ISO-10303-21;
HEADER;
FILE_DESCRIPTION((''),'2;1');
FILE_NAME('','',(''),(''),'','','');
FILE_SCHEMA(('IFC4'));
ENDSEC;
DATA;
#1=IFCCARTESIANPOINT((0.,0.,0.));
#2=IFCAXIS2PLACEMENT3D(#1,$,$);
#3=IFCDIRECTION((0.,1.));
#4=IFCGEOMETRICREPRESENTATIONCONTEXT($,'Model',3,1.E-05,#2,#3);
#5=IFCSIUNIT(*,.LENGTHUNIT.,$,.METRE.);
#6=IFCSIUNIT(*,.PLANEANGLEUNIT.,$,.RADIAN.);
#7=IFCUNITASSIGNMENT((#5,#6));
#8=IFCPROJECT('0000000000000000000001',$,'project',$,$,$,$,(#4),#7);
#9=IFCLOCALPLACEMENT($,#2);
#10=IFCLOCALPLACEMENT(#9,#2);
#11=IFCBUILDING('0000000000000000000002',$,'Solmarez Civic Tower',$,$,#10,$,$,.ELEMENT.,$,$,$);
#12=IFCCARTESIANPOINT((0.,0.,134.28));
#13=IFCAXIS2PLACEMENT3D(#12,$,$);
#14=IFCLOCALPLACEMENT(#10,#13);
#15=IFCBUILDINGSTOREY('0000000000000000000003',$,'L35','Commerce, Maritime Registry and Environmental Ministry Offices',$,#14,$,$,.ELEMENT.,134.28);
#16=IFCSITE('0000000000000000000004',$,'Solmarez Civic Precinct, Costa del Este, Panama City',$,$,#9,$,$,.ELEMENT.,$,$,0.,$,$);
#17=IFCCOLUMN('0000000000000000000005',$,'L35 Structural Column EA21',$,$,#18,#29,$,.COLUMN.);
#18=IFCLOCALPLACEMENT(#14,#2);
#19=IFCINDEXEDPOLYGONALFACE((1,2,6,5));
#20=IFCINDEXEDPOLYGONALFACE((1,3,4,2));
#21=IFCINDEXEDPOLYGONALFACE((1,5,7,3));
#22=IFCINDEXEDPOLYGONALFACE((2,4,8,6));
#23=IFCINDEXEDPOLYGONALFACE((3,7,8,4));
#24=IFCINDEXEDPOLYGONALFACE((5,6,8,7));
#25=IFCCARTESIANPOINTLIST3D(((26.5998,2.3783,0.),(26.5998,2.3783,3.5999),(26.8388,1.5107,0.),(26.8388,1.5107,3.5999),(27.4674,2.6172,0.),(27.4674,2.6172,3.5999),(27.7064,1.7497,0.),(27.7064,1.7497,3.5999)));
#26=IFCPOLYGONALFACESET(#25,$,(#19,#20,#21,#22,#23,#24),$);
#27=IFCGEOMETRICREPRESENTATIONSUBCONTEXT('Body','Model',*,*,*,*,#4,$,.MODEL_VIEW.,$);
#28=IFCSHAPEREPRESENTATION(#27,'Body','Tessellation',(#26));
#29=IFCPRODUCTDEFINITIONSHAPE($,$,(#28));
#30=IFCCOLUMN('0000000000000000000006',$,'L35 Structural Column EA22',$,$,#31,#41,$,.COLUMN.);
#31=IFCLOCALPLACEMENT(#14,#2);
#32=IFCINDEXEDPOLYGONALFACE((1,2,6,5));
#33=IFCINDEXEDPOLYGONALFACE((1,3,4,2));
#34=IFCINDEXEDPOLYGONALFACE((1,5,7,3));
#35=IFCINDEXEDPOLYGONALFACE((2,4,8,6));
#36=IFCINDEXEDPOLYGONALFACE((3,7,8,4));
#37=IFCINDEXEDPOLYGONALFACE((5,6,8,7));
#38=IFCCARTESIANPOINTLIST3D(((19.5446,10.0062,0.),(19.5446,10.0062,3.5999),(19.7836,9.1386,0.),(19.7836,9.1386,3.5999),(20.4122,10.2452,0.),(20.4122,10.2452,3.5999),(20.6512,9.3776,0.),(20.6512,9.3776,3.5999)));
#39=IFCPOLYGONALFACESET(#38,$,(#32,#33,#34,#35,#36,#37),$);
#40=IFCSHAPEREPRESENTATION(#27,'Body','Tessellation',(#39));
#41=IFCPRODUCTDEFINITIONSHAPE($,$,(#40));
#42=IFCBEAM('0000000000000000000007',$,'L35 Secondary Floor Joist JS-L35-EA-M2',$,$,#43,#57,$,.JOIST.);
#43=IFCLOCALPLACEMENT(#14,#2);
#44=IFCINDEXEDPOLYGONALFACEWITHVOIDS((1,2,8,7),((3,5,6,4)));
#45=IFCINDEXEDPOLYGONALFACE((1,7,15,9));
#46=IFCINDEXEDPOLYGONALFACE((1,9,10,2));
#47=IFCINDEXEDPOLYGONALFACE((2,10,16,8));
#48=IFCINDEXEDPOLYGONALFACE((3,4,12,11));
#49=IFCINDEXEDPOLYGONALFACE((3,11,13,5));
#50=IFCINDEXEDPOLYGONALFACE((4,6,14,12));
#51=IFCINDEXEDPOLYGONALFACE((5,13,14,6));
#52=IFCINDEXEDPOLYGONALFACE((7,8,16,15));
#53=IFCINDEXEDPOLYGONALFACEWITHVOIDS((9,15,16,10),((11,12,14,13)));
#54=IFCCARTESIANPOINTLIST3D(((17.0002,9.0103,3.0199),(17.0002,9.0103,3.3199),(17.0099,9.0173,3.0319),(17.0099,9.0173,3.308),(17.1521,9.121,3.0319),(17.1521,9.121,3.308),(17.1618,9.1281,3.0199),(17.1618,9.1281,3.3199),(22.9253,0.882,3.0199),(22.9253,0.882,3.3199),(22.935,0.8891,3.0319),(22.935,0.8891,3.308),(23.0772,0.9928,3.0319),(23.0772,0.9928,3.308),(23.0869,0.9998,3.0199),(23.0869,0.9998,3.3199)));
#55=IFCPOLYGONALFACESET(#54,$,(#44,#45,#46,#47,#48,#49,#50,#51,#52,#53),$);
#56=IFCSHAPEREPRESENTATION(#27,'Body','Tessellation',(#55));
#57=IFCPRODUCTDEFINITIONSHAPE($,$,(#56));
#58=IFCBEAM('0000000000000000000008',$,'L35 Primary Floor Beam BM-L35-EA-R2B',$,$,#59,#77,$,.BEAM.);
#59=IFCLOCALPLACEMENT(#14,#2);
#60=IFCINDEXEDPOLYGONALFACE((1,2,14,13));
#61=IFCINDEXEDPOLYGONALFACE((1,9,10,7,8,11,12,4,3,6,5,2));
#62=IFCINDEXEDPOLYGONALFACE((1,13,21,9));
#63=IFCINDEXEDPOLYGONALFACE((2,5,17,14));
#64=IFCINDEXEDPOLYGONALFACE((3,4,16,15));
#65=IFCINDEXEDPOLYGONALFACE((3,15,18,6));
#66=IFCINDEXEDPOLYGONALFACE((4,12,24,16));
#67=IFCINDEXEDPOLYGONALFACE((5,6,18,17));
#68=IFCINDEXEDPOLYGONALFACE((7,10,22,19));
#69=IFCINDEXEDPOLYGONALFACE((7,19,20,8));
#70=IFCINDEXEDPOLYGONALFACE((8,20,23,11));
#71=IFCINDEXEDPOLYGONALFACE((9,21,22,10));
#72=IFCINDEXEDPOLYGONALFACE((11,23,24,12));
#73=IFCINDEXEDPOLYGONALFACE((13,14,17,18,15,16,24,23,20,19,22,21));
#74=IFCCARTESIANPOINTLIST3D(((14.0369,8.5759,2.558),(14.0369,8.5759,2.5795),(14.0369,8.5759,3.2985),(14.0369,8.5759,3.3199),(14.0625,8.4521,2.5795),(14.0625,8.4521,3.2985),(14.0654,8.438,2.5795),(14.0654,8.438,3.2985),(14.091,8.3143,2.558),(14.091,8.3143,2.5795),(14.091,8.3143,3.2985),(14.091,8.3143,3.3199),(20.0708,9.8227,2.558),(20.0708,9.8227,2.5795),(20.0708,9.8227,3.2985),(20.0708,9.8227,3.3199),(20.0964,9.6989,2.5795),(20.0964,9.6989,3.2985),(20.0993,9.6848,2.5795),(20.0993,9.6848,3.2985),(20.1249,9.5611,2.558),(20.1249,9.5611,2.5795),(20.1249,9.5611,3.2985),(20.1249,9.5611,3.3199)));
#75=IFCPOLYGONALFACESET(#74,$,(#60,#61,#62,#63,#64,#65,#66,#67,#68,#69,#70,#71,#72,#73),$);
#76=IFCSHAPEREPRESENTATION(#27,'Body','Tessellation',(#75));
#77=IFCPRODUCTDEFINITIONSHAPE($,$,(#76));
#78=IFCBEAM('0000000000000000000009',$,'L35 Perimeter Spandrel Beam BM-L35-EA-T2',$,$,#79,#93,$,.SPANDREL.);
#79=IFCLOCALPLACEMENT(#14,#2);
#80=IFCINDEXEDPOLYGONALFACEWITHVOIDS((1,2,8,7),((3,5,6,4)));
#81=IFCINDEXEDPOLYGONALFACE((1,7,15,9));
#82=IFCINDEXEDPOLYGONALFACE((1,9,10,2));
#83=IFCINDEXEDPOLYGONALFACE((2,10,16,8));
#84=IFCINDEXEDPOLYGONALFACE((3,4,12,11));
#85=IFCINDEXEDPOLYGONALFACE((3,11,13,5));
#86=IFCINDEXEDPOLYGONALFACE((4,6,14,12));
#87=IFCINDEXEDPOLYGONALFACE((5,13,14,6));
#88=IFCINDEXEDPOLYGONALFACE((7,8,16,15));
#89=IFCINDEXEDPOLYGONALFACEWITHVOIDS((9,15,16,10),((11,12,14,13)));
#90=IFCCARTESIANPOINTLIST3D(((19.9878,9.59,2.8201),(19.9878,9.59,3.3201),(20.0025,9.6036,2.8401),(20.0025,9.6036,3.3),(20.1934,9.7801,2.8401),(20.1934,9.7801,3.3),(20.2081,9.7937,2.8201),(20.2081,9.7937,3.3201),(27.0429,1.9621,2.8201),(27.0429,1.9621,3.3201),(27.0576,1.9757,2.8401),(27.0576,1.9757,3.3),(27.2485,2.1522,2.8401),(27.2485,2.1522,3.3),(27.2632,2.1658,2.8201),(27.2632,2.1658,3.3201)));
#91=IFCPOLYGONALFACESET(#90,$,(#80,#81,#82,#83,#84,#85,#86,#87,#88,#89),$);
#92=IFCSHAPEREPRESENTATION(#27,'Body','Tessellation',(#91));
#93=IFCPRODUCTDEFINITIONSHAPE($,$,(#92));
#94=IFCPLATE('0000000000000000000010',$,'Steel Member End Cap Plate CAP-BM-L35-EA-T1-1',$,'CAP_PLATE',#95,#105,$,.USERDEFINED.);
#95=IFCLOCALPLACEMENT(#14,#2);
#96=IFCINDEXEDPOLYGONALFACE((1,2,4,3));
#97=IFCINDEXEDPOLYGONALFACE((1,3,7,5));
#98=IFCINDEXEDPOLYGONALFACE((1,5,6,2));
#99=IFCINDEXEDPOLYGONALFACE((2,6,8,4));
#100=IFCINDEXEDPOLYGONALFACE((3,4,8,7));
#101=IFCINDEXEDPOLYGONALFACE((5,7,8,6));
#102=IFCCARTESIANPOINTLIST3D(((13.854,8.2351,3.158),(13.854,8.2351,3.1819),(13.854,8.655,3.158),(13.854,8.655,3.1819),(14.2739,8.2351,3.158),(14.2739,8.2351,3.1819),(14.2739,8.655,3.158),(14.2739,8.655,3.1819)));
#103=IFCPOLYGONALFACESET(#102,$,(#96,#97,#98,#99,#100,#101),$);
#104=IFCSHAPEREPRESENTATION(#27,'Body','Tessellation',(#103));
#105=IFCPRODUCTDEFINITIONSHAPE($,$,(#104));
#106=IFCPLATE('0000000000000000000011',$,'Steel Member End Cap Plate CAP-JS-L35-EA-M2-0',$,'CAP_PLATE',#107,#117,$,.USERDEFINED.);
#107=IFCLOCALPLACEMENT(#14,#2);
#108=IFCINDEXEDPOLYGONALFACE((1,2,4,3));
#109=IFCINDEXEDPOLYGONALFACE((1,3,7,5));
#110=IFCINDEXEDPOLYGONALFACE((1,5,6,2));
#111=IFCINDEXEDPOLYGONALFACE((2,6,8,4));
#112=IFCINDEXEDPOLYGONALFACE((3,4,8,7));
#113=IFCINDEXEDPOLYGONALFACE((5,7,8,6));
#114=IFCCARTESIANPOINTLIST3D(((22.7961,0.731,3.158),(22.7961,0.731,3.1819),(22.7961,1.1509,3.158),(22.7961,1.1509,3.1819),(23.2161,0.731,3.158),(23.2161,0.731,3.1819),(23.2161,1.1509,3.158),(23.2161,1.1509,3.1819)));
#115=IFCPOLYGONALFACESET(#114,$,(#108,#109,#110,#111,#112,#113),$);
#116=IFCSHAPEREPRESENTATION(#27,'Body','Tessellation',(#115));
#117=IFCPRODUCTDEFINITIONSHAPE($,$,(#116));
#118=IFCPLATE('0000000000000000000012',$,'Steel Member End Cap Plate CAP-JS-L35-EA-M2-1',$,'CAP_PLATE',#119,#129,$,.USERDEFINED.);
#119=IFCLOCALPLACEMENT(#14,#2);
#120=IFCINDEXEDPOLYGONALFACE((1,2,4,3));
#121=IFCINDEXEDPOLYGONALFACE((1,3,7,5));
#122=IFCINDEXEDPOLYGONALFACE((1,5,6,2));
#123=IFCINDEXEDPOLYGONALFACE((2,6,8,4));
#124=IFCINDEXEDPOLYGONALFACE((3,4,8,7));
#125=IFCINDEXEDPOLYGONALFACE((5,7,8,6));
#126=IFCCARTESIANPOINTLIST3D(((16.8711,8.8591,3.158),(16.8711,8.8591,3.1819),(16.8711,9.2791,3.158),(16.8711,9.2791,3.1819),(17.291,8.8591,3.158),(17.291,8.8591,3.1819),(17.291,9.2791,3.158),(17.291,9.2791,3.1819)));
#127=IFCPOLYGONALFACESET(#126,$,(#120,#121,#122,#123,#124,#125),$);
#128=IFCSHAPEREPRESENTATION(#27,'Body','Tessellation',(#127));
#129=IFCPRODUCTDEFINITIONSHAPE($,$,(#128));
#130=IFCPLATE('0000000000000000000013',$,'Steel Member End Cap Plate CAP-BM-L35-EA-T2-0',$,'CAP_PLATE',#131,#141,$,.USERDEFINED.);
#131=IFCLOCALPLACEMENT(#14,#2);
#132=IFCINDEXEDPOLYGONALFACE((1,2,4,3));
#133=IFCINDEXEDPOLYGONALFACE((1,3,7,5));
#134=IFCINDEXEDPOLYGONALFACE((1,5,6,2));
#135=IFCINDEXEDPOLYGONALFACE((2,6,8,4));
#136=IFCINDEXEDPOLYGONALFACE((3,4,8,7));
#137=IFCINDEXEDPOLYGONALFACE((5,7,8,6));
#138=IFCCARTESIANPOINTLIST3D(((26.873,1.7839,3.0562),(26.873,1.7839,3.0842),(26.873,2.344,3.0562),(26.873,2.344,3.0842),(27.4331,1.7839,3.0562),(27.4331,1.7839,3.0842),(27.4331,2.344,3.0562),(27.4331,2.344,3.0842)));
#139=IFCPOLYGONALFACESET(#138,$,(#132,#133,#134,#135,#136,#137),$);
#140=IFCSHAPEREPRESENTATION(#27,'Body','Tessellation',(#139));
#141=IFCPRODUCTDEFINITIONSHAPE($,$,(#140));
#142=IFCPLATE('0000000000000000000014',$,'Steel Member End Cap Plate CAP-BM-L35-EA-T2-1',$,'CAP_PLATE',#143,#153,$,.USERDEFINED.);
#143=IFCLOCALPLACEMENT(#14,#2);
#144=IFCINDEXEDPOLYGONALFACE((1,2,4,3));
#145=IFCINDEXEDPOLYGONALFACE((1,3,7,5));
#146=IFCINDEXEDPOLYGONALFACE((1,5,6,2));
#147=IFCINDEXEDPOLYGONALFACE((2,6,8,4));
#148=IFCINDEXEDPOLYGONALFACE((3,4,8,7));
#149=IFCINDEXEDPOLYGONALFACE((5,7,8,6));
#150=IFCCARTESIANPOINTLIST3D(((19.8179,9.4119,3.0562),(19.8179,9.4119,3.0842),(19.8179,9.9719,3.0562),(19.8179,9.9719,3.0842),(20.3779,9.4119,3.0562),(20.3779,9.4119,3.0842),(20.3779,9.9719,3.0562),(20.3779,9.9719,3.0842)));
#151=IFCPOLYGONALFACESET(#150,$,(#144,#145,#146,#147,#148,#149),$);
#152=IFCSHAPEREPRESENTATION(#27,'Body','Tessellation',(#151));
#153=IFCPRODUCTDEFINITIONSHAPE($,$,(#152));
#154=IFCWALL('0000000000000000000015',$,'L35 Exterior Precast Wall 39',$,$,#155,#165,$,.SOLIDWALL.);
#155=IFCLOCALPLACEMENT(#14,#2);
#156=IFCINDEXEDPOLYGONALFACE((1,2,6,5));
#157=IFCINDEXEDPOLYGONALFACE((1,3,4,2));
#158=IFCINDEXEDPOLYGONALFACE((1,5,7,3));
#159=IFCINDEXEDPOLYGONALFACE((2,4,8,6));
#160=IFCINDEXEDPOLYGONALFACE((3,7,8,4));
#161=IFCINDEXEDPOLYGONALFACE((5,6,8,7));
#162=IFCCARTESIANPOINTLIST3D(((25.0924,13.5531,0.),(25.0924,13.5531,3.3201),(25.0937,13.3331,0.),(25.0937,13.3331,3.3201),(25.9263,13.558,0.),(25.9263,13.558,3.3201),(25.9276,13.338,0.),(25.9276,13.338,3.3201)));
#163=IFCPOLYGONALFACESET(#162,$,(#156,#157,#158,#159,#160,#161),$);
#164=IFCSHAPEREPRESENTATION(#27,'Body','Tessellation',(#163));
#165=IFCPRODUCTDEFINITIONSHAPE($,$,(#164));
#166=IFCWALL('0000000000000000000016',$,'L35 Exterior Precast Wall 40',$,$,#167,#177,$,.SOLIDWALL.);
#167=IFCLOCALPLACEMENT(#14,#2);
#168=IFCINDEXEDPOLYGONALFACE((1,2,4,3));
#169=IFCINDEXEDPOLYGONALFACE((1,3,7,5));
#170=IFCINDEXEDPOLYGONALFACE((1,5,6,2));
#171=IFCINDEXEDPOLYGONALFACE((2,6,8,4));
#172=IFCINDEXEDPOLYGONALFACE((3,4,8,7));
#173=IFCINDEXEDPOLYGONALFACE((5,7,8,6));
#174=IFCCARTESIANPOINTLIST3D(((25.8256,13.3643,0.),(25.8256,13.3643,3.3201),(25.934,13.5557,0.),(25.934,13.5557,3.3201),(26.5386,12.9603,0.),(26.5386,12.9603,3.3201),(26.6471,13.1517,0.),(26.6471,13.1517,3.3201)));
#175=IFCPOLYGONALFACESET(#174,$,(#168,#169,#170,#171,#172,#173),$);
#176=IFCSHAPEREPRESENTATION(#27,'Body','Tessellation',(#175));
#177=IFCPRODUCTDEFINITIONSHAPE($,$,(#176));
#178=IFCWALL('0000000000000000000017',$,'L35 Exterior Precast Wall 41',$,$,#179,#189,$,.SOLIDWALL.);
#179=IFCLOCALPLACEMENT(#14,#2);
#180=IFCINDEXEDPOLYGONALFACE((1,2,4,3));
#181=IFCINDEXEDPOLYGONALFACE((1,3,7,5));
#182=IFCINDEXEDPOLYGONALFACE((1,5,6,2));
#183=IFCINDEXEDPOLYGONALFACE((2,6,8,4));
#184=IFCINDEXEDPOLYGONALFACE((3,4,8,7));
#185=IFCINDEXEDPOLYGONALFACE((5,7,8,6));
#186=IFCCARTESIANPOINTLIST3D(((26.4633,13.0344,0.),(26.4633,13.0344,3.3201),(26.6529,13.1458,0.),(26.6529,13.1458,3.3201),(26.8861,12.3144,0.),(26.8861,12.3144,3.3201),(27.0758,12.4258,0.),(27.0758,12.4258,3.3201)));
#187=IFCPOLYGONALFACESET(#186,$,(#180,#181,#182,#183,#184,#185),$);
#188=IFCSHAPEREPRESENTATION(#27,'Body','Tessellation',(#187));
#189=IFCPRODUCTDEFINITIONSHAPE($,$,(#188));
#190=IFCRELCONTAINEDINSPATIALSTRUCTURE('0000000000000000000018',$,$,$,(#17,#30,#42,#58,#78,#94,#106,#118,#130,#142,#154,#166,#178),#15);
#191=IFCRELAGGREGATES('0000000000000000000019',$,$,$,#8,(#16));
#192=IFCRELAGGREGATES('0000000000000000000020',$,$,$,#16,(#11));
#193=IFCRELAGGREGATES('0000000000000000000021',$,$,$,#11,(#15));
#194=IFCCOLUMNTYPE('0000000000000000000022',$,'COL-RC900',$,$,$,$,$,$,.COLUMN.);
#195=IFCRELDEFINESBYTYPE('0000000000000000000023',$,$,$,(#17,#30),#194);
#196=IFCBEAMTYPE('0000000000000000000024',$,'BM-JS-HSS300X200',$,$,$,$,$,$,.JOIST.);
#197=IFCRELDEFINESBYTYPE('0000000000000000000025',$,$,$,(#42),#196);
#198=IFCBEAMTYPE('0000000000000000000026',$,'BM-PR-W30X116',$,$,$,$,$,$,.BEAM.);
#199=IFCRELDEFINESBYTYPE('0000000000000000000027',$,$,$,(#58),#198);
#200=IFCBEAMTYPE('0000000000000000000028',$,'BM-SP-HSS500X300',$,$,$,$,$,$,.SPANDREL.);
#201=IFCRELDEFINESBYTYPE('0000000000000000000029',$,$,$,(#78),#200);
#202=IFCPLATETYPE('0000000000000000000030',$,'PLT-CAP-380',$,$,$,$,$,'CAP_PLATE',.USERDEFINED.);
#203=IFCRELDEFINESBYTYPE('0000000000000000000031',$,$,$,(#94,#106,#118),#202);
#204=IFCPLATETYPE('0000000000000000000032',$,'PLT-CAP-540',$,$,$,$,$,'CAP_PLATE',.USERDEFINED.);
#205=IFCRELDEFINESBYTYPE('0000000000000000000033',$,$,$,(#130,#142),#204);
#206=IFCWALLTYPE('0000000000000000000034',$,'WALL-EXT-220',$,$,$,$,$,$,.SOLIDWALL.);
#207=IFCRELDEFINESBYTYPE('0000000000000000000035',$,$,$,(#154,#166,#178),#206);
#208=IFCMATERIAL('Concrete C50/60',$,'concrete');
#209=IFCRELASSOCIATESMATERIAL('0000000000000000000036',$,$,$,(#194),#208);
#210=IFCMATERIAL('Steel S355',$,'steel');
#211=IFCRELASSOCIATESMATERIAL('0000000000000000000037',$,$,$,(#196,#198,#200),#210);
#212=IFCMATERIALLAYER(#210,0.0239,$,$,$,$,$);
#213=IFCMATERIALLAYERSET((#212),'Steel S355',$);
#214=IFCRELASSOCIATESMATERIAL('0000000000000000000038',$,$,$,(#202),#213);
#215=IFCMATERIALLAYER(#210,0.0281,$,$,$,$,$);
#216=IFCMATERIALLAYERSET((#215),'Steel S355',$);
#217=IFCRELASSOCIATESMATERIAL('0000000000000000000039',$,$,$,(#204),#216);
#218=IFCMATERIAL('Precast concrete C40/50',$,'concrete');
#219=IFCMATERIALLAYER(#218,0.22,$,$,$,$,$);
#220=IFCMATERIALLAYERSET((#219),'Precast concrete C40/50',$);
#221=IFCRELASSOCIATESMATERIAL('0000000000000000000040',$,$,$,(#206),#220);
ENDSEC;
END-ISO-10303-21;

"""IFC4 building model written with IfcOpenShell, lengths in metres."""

from ifc_helpers import new_model, si_unit, direction, frame, frame_2d, origin, origin_2d, place, context, subcontext, project, spatial, rectangle, hollow_rectangle, i_section, extrude, material, layer, layer_set, material_profile, profile_set, type_object, element, save


model = new_model("IFC4")

# Units and contexts
model_context = context("Model", 3, precision=1e-05, world=origin(), true_north=direction((0.0, 1.0)))
body_context = subcontext(model_context, "Body", "Model", "MODEL_VIEW")
ifc_project = project(units=[si_unit("LENGTHUNIT", "METRE"), si_unit("PLANEANGLEUNIT", "RADIAN")], contexts=[model_context])

# Site, building, storey
site_placement = place(None, origin())
site = spatial("IfcSite", under=ifc_project, at=site_placement, Name="Solmarez Civic Precinct, Costa del Este, Panama City", CompositionType="ELEMENT", RefElevation=0.0)
building_placement = place(site_placement, origin())
building = spatial("IfcBuilding", under=site, at=building_placement, Name="Solmarez Civic Tower", CompositionType="ELEMENT")
storey_placement = place(building_placement, frame((0.0, 0.0, 134.28)))
storey = spatial("IfcBuildingStorey", under=building, at=storey_placement, Name="L35", Description="Commerce, Maritime Registry and Environmental Ministry Offices", CompositionType="ELEMENT", Elevation=134.28)

# Columns
ifc_material_1 = material(Name="Concrete C50/60", Category="concrete")
ifc_material_profile_1 = material_profile(ifc_material_1, rectangle(XDim=0.8999, YDim=0.8999, at=origin_2d()), Name="RC900X900")
ifc_profile_set_1 = profile_set([ifc_material_profile_1], Name="Concrete C50/60")
column_type = type_object("IfcColumnType", Name="COL-RC900", PredefinedType="COLUMN", material=ifc_profile_set_1)
for number, where, z_axis, x_axis, name in (
    (1, (27.1531, 2.064, 0.0), (0.0, 0.0, 1.0), (0.964095, 0.265556, 0.0), "L35 Structural Column EA21"),
    (2, (20.0979, 9.6919, 0.0), (0.0, 0.0, 1.0), (0.964095, 0.265556, 0.0), "L35 Structural Column EA22"),
):
    element("IfcColumn", number, at=place(storey_placement, frame(where, z_axis=z_axis, x_axis=x_axis)), inside=storey, type_object=column_type, Name=name, PredefinedType="COLUMN", context=body_context, shape_type="SweptSolid", body=[
        extrude(rectangle(XDim=0.8999, YDim=0.8999, at=origin_2d()), origin(), (0.0, 0.0, 1.0), 3.5999),
    ])

# Beams
ifc_material_2 = material(Name="Steel S355", Category="steel")
ifc_material_profile_2 = material_profile(ifc_material_2, hollow_rectangle(XDim=0.2, YDim=0.3, WallThickness=0.012, at=origin_2d()), Name="HSS300X200X12")
ifc_profile_set_2 = profile_set([ifc_material_profile_2], Name="Steel S355")
beam_type_1 = type_object("IfcBeamType", Name="BM-JS-HSS300X200", PredefinedType="JOIST", material=ifc_profile_set_2)
beam_1_placement = place(storey_placement, frame((23.0061, 0.9409, 3.1699), z_axis=(-0.589059, 0.80809, 0.0), x_axis=(-0.80809, -0.589059, 0.0)))
element("IfcBeam", 3, at=beam_1_placement, inside=storey, type_object=beam_type_1, Name="L35 Secondary Floor Joist JS-L35-EA-M2", PredefinedType="JOIST", context=body_context, shape_type="SweptSolid", body=[
    extrude(hollow_rectangle(XDim=0.2, YDim=0.3, WallThickness=0.012, at=origin_2d()), origin(), (0.0, 0.0, 1.0), 10.0586),
])
ifc_material_profile_3 = material_profile(ifc_material_2, i_section(OverallWidth=0.2671, OverallDepth=0.762, WebThickness=0.0144, FlangeThickness=0.0215, at=origin_2d()), Name="W30X116")
ifc_profile_set_3 = profile_set([ifc_material_profile_3], Name="Steel S355")
beam_type_2 = type_object("IfcBeamType", Name="BM-PR-W30X116", PredefinedType="BEAM", material=ifc_profile_set_3)
beam_2_placement = place(storey_placement, frame((14.064, 8.4451, 2.939), z_axis=(0.979311, 0.202361, 0.0), x_axis=(-0.202361, 0.979311, 0.0)))
element("IfcBeam", 4, at=beam_2_placement, inside=storey, type_object=beam_type_2, Name="L35 Primary Floor Beam BM-L35-EA-R2B", PredefinedType="BEAM", context=body_context, shape_type="SweptSolid", body=[
    extrude(i_section(OverallWidth=0.2671, OverallDepth=0.762, WebThickness=0.0144, FlangeThickness=0.0215, at=origin_2d()), origin(), (0.0, 0.0, 1.0), 6.1614),
])
ifc_material_profile_4 = material_profile(ifc_material_2, hollow_rectangle(XDim=0.3, YDim=0.5, WallThickness=0.02, at=origin_2d()), Name="HSS500X300X20")
ifc_profile_set_4 = profile_set([ifc_material_profile_4], Name="Steel S355")
beam_type_3 = type_object("IfcBeamType", Name="BM-SP-HSS500X300", PredefinedType="SPANDREL", material=ifc_profile_set_4)
beam_3_placement = place(storey_placement, frame((27.1531, 2.064, 3.0701), z_axis=(-0.679008, 0.734131, 0.0), x_axis=(-0.734131, -0.679008, 0.0)))
element("IfcBeam", 5, at=beam_3_placement, inside=storey, type_object=beam_type_3, Name="L35 Perimeter Spandrel Beam BM-L35-EA-T2", PredefinedType="SPANDREL", context=body_context, shape_type="SweptSolid", body=[
    extrude(hollow_rectangle(XDim=0.3, YDim=0.5, WallThickness=0.02, at=origin_2d()), origin(), (0.0, 0.0, 1.0), 10.3904),
])

# Plates
ifc_layer_1 = layer(ifc_material_2, 0.0239)
ifc_layer_set_1 = layer_set([ifc_layer_1], Name="Steel S355")
plate_type_1 = type_object("IfcPlateType", Name="PLT-CAP-380", ElementType="CAP_PLATE", PredefinedType="USERDEFINED", material=ifc_layer_set_1)
for number, where, z_axis, x_axis, name in (
    (6, (14.064, 8.4451, 3.158), (0.0, 0.0, 1.0), (1.0, 0.0, 0.0), "Steel Member End Cap Plate CAP-BM-L35-EA-T1-1"),
    (7, (23.0061, 0.9409, 3.158), (0.0, 0.0, 1.0), (1.0, 0.0, 0.0), "Steel Member End Cap Plate CAP-JS-L35-EA-M2-0"),
    (8, (17.0811, 9.0691, 3.158), (0.0, 0.0, 1.0), (1.0, 0.0, 0.0), "Steel Member End Cap Plate CAP-JS-L35-EA-M2-1"),
):
    element("IfcPlate", number, at=place(storey_placement, frame(where, z_axis=z_axis, x_axis=x_axis)), inside=storey, type_object=plate_type_1, Name=name, ObjectType="CAP_PLATE", PredefinedType="USERDEFINED", context=body_context, shape_type="SweptSolid", body=[
        extrude(rectangle(XDim=0.4199, YDim=0.4199, at=origin_2d()), origin(), (0.0, 0.0, 1.0), 0.0239),
    ])
ifc_layer_2 = layer(ifc_material_2, 0.0281)
ifc_layer_set_2 = layer_set([ifc_layer_2], Name="Steel S355")
plate_type_2 = type_object("IfcPlateType", Name="PLT-CAP-540", ElementType="CAP_PLATE", PredefinedType="USERDEFINED", material=ifc_layer_set_2)
for number, where, z_axis, x_axis, name in (
    (9, (27.1531, 2.064, 3.0562), (0.0, 0.0, 1.0), (1.0, 0.0, 0.0), "Steel Member End Cap Plate CAP-BM-L35-EA-T2-0"),
    (10, (20.0979, 9.6919, 3.0562), (0.0, 0.0, 1.0), (1.0, 0.0, 0.0), "Steel Member End Cap Plate CAP-BM-L35-EA-T2-1"),
):
    element("IfcPlate", number, at=place(storey_placement, frame(where, z_axis=z_axis, x_axis=x_axis)), inside=storey, type_object=plate_type_2, Name=name, ObjectType="CAP_PLATE", PredefinedType="USERDEFINED", context=body_context, shape_type="SweptSolid", body=[
        extrude(rectangle(XDim=0.5601, YDim=0.5601, at=origin_2d()), origin(), (0.0, 0.0, 1.0), 0.0281),
    ])

# Walls
ifc_material_3 = material(Name="Precast concrete C40/50", Category="concrete")
ifc_layer_3 = layer(ifc_material_3, 0.22)
ifc_layer_set_3 = layer_set([ifc_layer_3], Name="Precast concrete C40/50")
wall_type_1 = type_object("IfcWallType", Name="WALL-EXT-220", PredefinedType="SOLIDWALL", material=ifc_layer_set_3)
wall_1_placement = place(storey_placement, frame((25.093, 13.4431, 0.0), z_axis=(0.0, 0.0, 1.0), x_axis=(0.999983, 0.005855, 0.0)))
element("IfcWall", 11, at=wall_1_placement, inside=storey, type_object=wall_type_1, Name="L35 Exterior Precast Wall 39", PredefinedType="SOLIDWALL", context=body_context, shape_type="SweptSolid", body=[
    extrude(rectangle(XDim=0.834, YDim=0.22, at=frame_2d((0.417, 0.0))), origin(), (0.0, 0.0, 1.0), 3.3201),
])
wall_2_placement = place(storey_placement, frame((25.8799, 13.46, 0.0), z_axis=(0.0, 0.0, 1.0), x_axis=(0.870052, -0.49296, 0.0)))
element("IfcWall", 12, at=wall_2_placement, inside=storey, type_object=wall_type_1, Name="L35 Exterior Precast Wall 40", PredefinedType="SOLIDWALL", context=body_context, shape_type="SweptSolid", body=[
    extrude(rectangle(XDim=0.8196, YDim=0.22, at=frame_2d((0.4097, 0.0))), origin(), (0.0, 0.0, 1.0), 3.3201),
])
wall_3_placement = place(storey_placement, frame((26.5581, 13.0901, 0.0), z_axis=(0.0, 0.0, 1.0), x_axis=(0.506432, -0.86228, 0.0)))
element("IfcWall", 13, at=wall_3_placement, inside=storey, type_object=wall_type_1, Name="L35 Exterior Precast Wall 41", PredefinedType="SOLIDWALL", context=body_context, shape_type="SweptSolid", body=[
    extrude(rectangle(XDim=0.835, YDim=0.22, at=frame_2d((0.4175, 0.0))), origin(), (0.0, 0.0, 1.0), 3.3201),
])

save(model, "model.ifc")
